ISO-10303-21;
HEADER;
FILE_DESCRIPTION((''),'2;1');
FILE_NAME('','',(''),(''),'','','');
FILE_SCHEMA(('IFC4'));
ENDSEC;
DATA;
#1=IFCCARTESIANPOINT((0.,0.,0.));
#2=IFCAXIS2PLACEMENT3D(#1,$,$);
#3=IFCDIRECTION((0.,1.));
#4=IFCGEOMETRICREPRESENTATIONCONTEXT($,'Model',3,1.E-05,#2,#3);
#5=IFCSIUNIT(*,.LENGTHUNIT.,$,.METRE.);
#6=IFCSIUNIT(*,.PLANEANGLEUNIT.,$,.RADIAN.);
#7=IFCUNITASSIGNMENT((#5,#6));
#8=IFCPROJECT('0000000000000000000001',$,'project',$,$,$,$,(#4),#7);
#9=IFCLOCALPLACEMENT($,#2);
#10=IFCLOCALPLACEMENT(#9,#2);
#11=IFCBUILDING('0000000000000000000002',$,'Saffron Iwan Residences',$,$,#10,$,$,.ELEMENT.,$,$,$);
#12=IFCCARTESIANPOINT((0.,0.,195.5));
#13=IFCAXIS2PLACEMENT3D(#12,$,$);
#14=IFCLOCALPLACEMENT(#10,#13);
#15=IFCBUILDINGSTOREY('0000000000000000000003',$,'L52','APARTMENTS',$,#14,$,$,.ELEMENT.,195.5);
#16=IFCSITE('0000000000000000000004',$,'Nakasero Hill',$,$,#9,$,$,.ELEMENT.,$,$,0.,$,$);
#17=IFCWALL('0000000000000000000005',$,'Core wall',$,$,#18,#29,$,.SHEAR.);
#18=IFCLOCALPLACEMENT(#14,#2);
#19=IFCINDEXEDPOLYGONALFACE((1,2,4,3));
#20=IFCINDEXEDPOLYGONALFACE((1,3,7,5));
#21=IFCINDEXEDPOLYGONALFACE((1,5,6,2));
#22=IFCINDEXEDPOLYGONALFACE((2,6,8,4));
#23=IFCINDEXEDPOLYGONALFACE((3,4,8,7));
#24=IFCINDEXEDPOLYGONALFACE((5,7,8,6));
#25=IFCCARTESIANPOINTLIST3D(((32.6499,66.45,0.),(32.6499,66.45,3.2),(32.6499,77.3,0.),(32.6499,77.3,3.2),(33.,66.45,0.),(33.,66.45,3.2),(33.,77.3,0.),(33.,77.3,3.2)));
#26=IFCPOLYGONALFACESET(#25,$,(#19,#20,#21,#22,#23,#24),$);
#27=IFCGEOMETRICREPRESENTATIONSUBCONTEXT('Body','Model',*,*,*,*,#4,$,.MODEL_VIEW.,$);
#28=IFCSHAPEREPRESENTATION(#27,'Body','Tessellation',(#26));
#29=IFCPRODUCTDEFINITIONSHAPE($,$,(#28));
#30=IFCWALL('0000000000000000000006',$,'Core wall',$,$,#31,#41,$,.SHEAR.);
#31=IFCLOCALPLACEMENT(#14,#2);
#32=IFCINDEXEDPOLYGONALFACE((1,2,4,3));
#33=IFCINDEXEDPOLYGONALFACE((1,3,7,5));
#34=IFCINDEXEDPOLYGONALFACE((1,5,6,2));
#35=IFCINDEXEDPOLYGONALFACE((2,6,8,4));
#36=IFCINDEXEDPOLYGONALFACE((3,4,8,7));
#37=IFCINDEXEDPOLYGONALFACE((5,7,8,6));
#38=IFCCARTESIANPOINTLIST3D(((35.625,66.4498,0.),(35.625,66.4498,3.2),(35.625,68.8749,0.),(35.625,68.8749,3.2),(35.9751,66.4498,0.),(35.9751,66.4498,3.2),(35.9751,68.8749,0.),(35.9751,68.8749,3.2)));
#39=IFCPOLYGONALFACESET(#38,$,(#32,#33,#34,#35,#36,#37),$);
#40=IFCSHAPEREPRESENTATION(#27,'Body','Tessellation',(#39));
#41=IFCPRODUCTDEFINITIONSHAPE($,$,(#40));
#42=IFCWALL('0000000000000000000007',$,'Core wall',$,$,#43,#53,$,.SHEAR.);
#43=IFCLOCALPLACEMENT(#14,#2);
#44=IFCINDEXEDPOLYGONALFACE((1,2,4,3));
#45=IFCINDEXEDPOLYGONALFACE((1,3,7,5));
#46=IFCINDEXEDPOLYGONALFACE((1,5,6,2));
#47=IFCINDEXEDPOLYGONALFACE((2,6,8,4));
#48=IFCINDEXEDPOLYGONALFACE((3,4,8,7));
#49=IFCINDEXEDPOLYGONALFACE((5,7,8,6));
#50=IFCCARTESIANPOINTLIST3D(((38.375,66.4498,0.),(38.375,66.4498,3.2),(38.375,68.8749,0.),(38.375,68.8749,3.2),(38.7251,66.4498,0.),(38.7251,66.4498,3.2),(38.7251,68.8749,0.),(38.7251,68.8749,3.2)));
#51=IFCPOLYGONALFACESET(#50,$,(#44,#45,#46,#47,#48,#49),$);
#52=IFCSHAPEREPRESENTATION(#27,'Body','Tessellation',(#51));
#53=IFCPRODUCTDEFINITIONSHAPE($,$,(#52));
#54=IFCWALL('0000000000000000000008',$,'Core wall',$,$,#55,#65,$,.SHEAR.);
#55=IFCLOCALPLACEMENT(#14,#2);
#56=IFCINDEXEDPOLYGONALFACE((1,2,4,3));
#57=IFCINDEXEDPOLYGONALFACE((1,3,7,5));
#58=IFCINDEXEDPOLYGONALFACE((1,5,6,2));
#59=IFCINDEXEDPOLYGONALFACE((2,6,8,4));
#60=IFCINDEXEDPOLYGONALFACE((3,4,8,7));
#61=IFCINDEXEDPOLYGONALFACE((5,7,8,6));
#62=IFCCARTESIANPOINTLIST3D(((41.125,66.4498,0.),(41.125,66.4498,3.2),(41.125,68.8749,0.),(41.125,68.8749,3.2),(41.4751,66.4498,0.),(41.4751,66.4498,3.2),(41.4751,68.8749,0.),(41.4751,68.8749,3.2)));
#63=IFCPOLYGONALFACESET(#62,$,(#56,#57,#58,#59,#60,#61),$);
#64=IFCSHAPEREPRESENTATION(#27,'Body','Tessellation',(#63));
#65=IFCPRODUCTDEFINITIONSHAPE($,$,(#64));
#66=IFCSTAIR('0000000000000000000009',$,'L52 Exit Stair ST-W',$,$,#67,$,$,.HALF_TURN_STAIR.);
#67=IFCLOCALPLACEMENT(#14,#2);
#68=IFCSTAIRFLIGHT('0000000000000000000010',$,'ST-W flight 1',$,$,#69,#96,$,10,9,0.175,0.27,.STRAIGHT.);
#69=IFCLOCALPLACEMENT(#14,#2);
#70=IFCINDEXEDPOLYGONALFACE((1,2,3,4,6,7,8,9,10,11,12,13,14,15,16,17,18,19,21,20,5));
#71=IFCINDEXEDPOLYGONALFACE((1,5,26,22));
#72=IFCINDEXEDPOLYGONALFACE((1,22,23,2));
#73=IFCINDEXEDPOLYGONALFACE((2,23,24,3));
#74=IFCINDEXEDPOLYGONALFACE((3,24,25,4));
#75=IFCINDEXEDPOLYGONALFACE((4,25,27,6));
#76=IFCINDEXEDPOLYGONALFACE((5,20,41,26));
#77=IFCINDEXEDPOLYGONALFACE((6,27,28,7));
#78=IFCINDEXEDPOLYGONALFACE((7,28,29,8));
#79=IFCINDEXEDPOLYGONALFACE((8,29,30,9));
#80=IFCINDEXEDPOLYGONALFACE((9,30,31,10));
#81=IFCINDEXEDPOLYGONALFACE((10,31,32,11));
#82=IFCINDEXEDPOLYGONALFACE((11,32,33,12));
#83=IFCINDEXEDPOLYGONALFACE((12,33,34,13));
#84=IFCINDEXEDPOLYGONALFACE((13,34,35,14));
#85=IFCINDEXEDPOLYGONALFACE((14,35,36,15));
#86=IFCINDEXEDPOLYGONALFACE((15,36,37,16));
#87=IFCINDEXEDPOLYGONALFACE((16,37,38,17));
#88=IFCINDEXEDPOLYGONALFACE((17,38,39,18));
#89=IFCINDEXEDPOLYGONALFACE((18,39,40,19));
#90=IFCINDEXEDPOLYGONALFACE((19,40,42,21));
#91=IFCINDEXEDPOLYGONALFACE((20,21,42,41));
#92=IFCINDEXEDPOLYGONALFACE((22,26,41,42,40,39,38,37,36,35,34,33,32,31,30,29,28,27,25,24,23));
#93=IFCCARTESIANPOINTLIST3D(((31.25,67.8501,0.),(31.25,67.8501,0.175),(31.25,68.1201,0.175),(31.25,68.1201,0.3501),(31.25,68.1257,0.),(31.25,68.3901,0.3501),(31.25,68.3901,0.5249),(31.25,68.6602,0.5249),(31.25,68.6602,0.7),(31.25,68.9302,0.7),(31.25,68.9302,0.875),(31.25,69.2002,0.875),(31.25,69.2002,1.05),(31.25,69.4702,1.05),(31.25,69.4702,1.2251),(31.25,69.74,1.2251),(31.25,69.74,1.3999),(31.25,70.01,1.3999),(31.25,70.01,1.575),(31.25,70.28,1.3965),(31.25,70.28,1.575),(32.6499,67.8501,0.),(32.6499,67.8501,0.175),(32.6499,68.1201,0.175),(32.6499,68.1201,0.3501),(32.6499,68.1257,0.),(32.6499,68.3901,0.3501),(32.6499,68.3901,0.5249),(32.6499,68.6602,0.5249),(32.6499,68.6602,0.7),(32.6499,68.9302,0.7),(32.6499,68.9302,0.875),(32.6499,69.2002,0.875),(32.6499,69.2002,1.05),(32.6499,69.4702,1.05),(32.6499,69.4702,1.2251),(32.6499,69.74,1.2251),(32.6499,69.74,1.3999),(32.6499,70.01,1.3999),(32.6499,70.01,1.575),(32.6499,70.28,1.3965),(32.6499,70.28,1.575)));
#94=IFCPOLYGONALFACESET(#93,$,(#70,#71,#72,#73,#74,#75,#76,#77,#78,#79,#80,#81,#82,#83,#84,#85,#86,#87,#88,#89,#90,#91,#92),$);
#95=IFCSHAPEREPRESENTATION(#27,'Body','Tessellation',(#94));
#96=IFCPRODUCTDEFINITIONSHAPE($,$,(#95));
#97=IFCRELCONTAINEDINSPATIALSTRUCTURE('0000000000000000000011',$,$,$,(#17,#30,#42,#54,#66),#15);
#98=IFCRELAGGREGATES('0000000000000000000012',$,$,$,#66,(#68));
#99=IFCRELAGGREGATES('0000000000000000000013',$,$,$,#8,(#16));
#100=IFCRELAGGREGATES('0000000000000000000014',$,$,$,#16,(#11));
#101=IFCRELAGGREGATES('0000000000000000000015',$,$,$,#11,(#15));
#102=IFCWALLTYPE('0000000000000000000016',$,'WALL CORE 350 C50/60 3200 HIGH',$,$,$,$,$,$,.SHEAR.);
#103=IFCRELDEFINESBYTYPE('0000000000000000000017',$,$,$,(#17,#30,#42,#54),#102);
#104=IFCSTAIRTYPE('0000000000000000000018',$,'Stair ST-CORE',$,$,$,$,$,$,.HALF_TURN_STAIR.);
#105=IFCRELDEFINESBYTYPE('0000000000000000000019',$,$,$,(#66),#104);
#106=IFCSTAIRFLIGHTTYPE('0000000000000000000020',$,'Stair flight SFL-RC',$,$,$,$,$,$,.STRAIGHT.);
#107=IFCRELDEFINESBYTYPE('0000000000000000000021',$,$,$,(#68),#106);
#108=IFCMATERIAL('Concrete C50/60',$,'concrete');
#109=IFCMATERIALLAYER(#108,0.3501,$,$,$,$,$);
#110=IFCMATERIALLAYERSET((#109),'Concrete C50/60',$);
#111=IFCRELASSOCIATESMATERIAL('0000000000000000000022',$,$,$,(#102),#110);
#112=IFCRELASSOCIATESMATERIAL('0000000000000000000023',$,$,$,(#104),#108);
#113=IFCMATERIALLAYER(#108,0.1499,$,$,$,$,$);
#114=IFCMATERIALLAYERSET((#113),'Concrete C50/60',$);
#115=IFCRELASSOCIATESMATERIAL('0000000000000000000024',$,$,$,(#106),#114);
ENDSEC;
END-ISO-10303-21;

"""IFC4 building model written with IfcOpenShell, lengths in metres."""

from ifc_helpers import new_model, si_unit, direction, frame, frame_2d, origin, place, context, subcontext, project, spatial, polyline, rectangle, outline, extrude, material, layer, layer_set, type_object, element, aggregate, save


model = new_model("IFC4")

# Units and contexts
model_context = context("Model", 3, precision=1e-05, world=origin(), true_north=direction((0.0, 1.0)))
body_context = subcontext(model_context, "Body", "Model", "MODEL_VIEW")
ifc_project = project(units=[si_unit("LENGTHUNIT", "METRE"), si_unit("PLANEANGLEUNIT", "RADIAN")], contexts=[model_context])

# Site, building, storey
site_placement = place(None, origin())
site = spatial("IfcSite", under=ifc_project, at=site_placement, Name="Nakasero Hill", CompositionType="ELEMENT", RefElevation=0.0)
building_placement = place(site_placement, origin())
building = spatial("IfcBuilding", under=site, at=building_placement, Name="Saffron Iwan Residences", CompositionType="ELEMENT")
storey_placement = place(building_placement, frame((0.0, 0.0, 195.5)))
storey = spatial("IfcBuildingStorey", under=building, at=storey_placement, Name="L52", Description="APARTMENTS", CompositionType="ELEMENT", Elevation=195.5)

# Shared definitions
ifc_material_1 = material(Name="Concrete C50/60", Category="concrete")

# Shared definitions
ifc_layer_1 = layer(ifc_material_1, 0.3501)
ifc_layer_set_1 = layer_set([ifc_layer_1], Name="Concrete C50/60")
wall_type_1 = type_object("IfcWallType", Name="WALL CORE 350 C50/60 3200 HIGH", PredefinedType="SHEAR", material=ifc_layer_set_1)

# Walls
wall_1_placement = place(storey_placement, frame((32.825, 66.45, 0.0), z_axis=(0.0, 0.0, 1.0), x_axis=(0.0, 1.0, 0.0)))
element("IfcWall", 1, at=wall_1_placement, inside=storey, type_object=wall_type_1, Name="Core wall", PredefinedType="SHEAR", context=body_context, shape_type="SweptSolid", body=[
    extrude(rectangle(XDim=10.8501, YDim=0.3501, at=frame_2d((5.425, 0.0))), origin(), (0.0, 0.0, 1.0), 3.2),
])
for number, where, z_axis, x_axis, name in (
    (2, (35.8, 66.45, 0.0), (0.0, 0.0, 1.0), (0.0, 1.0, 0.0), "Core wall"),
    (3, (38.55, 66.45, 0.0), (0.0, 0.0, 1.0), (0.0, 1.0, 0.0), "Core wall"),
    (4, (41.3, 66.45, 0.0), (0.0, 0.0, 1.0), (0.0, 1.0, 0.0), "Core wall"),
):
    element("IfcWall", number, at=place(storey_placement, frame(where, z_axis=z_axis, x_axis=x_axis)), inside=storey, type_object=wall_type_1, Name=name, PredefinedType="SHEAR", context=body_context, shape_type="SweptSolid", body=[
        extrude(rectangle(XDim=2.425, YDim=0.3501, at=frame_2d((1.2124, 0.0))), origin(), (0.0, 0.0, 1.0), 3.2),
    ])

# Stair, stair flight
stair_type = type_object("IfcStairType", Name="Stair ST-CORE", PredefinedType="HALF_TURN_STAIR", material=ifc_material_1)
stair_placement = place(storey_placement, origin())
stair = element("IfcStair", 5, at=stair_placement, inside=storey, type_object=stair_type, Name="L52 Exit Stair ST-W", PredefinedType="HALF_TURN_STAIR")
ifc_layer_2 = layer(ifc_material_1, 0.1499)
ifc_layer_set_2 = layer_set([ifc_layer_2], Name="Concrete C50/60")
stair_flight_type = type_object("IfcStairFlightType", Name="Stair flight SFL-RC", PredefinedType="STRAIGHT", material=ifc_layer_set_2)
stair_flight_placement = place(storey_placement, frame((31.95, 67.8501, 0.0), z_axis=(0.0, 0.0, 1.0), x_axis=(0.0, 1.0, 0.0)))
stair_flight = element("IfcStairFlight", 6, at=stair_flight_placement, type_object=stair_flight_type, Name="ST-W flight 1", NumberOfRisers=10, NumberOfTreads=9, PredefinedType="STRAIGHT", RiserHeight=0.175, TreadLength=0.27, context=body_context, shape_type="SweptSolid", body=[
    extrude(outline(polyline([(0.0, 0.0), (0.0, 0.175), (0.27, 0.175), (0.27, 0.3501), (0.54, 0.3501), (0.54, 0.5249), (0.8101, 0.5249), (0.8101, 0.7), (1.0801, 0.7), (1.0801, 0.875), (1.3501, 0.875), (1.3501, 1.05), (1.6201, 1.05), (1.6201, 1.2251), (1.8899, 1.2251), (1.8899, 1.3999), (2.1599, 1.3999), (2.1599, 1.575), (2.4299, 1.575), (2.4299, 1.75), (2.4299, 1.3965), (0.2756, 0.0), (0.0, 0.0)])), frame((0.0, 0.7, 0.0), z_axis=(0.0, -1.0, 0.0), x_axis=(1.0, 0.0, 0.0)), (0.0, 0.0, 1.0), 1.3999),
])
aggregate(stair, [stair_flight])

save(model, "model.ifc")
